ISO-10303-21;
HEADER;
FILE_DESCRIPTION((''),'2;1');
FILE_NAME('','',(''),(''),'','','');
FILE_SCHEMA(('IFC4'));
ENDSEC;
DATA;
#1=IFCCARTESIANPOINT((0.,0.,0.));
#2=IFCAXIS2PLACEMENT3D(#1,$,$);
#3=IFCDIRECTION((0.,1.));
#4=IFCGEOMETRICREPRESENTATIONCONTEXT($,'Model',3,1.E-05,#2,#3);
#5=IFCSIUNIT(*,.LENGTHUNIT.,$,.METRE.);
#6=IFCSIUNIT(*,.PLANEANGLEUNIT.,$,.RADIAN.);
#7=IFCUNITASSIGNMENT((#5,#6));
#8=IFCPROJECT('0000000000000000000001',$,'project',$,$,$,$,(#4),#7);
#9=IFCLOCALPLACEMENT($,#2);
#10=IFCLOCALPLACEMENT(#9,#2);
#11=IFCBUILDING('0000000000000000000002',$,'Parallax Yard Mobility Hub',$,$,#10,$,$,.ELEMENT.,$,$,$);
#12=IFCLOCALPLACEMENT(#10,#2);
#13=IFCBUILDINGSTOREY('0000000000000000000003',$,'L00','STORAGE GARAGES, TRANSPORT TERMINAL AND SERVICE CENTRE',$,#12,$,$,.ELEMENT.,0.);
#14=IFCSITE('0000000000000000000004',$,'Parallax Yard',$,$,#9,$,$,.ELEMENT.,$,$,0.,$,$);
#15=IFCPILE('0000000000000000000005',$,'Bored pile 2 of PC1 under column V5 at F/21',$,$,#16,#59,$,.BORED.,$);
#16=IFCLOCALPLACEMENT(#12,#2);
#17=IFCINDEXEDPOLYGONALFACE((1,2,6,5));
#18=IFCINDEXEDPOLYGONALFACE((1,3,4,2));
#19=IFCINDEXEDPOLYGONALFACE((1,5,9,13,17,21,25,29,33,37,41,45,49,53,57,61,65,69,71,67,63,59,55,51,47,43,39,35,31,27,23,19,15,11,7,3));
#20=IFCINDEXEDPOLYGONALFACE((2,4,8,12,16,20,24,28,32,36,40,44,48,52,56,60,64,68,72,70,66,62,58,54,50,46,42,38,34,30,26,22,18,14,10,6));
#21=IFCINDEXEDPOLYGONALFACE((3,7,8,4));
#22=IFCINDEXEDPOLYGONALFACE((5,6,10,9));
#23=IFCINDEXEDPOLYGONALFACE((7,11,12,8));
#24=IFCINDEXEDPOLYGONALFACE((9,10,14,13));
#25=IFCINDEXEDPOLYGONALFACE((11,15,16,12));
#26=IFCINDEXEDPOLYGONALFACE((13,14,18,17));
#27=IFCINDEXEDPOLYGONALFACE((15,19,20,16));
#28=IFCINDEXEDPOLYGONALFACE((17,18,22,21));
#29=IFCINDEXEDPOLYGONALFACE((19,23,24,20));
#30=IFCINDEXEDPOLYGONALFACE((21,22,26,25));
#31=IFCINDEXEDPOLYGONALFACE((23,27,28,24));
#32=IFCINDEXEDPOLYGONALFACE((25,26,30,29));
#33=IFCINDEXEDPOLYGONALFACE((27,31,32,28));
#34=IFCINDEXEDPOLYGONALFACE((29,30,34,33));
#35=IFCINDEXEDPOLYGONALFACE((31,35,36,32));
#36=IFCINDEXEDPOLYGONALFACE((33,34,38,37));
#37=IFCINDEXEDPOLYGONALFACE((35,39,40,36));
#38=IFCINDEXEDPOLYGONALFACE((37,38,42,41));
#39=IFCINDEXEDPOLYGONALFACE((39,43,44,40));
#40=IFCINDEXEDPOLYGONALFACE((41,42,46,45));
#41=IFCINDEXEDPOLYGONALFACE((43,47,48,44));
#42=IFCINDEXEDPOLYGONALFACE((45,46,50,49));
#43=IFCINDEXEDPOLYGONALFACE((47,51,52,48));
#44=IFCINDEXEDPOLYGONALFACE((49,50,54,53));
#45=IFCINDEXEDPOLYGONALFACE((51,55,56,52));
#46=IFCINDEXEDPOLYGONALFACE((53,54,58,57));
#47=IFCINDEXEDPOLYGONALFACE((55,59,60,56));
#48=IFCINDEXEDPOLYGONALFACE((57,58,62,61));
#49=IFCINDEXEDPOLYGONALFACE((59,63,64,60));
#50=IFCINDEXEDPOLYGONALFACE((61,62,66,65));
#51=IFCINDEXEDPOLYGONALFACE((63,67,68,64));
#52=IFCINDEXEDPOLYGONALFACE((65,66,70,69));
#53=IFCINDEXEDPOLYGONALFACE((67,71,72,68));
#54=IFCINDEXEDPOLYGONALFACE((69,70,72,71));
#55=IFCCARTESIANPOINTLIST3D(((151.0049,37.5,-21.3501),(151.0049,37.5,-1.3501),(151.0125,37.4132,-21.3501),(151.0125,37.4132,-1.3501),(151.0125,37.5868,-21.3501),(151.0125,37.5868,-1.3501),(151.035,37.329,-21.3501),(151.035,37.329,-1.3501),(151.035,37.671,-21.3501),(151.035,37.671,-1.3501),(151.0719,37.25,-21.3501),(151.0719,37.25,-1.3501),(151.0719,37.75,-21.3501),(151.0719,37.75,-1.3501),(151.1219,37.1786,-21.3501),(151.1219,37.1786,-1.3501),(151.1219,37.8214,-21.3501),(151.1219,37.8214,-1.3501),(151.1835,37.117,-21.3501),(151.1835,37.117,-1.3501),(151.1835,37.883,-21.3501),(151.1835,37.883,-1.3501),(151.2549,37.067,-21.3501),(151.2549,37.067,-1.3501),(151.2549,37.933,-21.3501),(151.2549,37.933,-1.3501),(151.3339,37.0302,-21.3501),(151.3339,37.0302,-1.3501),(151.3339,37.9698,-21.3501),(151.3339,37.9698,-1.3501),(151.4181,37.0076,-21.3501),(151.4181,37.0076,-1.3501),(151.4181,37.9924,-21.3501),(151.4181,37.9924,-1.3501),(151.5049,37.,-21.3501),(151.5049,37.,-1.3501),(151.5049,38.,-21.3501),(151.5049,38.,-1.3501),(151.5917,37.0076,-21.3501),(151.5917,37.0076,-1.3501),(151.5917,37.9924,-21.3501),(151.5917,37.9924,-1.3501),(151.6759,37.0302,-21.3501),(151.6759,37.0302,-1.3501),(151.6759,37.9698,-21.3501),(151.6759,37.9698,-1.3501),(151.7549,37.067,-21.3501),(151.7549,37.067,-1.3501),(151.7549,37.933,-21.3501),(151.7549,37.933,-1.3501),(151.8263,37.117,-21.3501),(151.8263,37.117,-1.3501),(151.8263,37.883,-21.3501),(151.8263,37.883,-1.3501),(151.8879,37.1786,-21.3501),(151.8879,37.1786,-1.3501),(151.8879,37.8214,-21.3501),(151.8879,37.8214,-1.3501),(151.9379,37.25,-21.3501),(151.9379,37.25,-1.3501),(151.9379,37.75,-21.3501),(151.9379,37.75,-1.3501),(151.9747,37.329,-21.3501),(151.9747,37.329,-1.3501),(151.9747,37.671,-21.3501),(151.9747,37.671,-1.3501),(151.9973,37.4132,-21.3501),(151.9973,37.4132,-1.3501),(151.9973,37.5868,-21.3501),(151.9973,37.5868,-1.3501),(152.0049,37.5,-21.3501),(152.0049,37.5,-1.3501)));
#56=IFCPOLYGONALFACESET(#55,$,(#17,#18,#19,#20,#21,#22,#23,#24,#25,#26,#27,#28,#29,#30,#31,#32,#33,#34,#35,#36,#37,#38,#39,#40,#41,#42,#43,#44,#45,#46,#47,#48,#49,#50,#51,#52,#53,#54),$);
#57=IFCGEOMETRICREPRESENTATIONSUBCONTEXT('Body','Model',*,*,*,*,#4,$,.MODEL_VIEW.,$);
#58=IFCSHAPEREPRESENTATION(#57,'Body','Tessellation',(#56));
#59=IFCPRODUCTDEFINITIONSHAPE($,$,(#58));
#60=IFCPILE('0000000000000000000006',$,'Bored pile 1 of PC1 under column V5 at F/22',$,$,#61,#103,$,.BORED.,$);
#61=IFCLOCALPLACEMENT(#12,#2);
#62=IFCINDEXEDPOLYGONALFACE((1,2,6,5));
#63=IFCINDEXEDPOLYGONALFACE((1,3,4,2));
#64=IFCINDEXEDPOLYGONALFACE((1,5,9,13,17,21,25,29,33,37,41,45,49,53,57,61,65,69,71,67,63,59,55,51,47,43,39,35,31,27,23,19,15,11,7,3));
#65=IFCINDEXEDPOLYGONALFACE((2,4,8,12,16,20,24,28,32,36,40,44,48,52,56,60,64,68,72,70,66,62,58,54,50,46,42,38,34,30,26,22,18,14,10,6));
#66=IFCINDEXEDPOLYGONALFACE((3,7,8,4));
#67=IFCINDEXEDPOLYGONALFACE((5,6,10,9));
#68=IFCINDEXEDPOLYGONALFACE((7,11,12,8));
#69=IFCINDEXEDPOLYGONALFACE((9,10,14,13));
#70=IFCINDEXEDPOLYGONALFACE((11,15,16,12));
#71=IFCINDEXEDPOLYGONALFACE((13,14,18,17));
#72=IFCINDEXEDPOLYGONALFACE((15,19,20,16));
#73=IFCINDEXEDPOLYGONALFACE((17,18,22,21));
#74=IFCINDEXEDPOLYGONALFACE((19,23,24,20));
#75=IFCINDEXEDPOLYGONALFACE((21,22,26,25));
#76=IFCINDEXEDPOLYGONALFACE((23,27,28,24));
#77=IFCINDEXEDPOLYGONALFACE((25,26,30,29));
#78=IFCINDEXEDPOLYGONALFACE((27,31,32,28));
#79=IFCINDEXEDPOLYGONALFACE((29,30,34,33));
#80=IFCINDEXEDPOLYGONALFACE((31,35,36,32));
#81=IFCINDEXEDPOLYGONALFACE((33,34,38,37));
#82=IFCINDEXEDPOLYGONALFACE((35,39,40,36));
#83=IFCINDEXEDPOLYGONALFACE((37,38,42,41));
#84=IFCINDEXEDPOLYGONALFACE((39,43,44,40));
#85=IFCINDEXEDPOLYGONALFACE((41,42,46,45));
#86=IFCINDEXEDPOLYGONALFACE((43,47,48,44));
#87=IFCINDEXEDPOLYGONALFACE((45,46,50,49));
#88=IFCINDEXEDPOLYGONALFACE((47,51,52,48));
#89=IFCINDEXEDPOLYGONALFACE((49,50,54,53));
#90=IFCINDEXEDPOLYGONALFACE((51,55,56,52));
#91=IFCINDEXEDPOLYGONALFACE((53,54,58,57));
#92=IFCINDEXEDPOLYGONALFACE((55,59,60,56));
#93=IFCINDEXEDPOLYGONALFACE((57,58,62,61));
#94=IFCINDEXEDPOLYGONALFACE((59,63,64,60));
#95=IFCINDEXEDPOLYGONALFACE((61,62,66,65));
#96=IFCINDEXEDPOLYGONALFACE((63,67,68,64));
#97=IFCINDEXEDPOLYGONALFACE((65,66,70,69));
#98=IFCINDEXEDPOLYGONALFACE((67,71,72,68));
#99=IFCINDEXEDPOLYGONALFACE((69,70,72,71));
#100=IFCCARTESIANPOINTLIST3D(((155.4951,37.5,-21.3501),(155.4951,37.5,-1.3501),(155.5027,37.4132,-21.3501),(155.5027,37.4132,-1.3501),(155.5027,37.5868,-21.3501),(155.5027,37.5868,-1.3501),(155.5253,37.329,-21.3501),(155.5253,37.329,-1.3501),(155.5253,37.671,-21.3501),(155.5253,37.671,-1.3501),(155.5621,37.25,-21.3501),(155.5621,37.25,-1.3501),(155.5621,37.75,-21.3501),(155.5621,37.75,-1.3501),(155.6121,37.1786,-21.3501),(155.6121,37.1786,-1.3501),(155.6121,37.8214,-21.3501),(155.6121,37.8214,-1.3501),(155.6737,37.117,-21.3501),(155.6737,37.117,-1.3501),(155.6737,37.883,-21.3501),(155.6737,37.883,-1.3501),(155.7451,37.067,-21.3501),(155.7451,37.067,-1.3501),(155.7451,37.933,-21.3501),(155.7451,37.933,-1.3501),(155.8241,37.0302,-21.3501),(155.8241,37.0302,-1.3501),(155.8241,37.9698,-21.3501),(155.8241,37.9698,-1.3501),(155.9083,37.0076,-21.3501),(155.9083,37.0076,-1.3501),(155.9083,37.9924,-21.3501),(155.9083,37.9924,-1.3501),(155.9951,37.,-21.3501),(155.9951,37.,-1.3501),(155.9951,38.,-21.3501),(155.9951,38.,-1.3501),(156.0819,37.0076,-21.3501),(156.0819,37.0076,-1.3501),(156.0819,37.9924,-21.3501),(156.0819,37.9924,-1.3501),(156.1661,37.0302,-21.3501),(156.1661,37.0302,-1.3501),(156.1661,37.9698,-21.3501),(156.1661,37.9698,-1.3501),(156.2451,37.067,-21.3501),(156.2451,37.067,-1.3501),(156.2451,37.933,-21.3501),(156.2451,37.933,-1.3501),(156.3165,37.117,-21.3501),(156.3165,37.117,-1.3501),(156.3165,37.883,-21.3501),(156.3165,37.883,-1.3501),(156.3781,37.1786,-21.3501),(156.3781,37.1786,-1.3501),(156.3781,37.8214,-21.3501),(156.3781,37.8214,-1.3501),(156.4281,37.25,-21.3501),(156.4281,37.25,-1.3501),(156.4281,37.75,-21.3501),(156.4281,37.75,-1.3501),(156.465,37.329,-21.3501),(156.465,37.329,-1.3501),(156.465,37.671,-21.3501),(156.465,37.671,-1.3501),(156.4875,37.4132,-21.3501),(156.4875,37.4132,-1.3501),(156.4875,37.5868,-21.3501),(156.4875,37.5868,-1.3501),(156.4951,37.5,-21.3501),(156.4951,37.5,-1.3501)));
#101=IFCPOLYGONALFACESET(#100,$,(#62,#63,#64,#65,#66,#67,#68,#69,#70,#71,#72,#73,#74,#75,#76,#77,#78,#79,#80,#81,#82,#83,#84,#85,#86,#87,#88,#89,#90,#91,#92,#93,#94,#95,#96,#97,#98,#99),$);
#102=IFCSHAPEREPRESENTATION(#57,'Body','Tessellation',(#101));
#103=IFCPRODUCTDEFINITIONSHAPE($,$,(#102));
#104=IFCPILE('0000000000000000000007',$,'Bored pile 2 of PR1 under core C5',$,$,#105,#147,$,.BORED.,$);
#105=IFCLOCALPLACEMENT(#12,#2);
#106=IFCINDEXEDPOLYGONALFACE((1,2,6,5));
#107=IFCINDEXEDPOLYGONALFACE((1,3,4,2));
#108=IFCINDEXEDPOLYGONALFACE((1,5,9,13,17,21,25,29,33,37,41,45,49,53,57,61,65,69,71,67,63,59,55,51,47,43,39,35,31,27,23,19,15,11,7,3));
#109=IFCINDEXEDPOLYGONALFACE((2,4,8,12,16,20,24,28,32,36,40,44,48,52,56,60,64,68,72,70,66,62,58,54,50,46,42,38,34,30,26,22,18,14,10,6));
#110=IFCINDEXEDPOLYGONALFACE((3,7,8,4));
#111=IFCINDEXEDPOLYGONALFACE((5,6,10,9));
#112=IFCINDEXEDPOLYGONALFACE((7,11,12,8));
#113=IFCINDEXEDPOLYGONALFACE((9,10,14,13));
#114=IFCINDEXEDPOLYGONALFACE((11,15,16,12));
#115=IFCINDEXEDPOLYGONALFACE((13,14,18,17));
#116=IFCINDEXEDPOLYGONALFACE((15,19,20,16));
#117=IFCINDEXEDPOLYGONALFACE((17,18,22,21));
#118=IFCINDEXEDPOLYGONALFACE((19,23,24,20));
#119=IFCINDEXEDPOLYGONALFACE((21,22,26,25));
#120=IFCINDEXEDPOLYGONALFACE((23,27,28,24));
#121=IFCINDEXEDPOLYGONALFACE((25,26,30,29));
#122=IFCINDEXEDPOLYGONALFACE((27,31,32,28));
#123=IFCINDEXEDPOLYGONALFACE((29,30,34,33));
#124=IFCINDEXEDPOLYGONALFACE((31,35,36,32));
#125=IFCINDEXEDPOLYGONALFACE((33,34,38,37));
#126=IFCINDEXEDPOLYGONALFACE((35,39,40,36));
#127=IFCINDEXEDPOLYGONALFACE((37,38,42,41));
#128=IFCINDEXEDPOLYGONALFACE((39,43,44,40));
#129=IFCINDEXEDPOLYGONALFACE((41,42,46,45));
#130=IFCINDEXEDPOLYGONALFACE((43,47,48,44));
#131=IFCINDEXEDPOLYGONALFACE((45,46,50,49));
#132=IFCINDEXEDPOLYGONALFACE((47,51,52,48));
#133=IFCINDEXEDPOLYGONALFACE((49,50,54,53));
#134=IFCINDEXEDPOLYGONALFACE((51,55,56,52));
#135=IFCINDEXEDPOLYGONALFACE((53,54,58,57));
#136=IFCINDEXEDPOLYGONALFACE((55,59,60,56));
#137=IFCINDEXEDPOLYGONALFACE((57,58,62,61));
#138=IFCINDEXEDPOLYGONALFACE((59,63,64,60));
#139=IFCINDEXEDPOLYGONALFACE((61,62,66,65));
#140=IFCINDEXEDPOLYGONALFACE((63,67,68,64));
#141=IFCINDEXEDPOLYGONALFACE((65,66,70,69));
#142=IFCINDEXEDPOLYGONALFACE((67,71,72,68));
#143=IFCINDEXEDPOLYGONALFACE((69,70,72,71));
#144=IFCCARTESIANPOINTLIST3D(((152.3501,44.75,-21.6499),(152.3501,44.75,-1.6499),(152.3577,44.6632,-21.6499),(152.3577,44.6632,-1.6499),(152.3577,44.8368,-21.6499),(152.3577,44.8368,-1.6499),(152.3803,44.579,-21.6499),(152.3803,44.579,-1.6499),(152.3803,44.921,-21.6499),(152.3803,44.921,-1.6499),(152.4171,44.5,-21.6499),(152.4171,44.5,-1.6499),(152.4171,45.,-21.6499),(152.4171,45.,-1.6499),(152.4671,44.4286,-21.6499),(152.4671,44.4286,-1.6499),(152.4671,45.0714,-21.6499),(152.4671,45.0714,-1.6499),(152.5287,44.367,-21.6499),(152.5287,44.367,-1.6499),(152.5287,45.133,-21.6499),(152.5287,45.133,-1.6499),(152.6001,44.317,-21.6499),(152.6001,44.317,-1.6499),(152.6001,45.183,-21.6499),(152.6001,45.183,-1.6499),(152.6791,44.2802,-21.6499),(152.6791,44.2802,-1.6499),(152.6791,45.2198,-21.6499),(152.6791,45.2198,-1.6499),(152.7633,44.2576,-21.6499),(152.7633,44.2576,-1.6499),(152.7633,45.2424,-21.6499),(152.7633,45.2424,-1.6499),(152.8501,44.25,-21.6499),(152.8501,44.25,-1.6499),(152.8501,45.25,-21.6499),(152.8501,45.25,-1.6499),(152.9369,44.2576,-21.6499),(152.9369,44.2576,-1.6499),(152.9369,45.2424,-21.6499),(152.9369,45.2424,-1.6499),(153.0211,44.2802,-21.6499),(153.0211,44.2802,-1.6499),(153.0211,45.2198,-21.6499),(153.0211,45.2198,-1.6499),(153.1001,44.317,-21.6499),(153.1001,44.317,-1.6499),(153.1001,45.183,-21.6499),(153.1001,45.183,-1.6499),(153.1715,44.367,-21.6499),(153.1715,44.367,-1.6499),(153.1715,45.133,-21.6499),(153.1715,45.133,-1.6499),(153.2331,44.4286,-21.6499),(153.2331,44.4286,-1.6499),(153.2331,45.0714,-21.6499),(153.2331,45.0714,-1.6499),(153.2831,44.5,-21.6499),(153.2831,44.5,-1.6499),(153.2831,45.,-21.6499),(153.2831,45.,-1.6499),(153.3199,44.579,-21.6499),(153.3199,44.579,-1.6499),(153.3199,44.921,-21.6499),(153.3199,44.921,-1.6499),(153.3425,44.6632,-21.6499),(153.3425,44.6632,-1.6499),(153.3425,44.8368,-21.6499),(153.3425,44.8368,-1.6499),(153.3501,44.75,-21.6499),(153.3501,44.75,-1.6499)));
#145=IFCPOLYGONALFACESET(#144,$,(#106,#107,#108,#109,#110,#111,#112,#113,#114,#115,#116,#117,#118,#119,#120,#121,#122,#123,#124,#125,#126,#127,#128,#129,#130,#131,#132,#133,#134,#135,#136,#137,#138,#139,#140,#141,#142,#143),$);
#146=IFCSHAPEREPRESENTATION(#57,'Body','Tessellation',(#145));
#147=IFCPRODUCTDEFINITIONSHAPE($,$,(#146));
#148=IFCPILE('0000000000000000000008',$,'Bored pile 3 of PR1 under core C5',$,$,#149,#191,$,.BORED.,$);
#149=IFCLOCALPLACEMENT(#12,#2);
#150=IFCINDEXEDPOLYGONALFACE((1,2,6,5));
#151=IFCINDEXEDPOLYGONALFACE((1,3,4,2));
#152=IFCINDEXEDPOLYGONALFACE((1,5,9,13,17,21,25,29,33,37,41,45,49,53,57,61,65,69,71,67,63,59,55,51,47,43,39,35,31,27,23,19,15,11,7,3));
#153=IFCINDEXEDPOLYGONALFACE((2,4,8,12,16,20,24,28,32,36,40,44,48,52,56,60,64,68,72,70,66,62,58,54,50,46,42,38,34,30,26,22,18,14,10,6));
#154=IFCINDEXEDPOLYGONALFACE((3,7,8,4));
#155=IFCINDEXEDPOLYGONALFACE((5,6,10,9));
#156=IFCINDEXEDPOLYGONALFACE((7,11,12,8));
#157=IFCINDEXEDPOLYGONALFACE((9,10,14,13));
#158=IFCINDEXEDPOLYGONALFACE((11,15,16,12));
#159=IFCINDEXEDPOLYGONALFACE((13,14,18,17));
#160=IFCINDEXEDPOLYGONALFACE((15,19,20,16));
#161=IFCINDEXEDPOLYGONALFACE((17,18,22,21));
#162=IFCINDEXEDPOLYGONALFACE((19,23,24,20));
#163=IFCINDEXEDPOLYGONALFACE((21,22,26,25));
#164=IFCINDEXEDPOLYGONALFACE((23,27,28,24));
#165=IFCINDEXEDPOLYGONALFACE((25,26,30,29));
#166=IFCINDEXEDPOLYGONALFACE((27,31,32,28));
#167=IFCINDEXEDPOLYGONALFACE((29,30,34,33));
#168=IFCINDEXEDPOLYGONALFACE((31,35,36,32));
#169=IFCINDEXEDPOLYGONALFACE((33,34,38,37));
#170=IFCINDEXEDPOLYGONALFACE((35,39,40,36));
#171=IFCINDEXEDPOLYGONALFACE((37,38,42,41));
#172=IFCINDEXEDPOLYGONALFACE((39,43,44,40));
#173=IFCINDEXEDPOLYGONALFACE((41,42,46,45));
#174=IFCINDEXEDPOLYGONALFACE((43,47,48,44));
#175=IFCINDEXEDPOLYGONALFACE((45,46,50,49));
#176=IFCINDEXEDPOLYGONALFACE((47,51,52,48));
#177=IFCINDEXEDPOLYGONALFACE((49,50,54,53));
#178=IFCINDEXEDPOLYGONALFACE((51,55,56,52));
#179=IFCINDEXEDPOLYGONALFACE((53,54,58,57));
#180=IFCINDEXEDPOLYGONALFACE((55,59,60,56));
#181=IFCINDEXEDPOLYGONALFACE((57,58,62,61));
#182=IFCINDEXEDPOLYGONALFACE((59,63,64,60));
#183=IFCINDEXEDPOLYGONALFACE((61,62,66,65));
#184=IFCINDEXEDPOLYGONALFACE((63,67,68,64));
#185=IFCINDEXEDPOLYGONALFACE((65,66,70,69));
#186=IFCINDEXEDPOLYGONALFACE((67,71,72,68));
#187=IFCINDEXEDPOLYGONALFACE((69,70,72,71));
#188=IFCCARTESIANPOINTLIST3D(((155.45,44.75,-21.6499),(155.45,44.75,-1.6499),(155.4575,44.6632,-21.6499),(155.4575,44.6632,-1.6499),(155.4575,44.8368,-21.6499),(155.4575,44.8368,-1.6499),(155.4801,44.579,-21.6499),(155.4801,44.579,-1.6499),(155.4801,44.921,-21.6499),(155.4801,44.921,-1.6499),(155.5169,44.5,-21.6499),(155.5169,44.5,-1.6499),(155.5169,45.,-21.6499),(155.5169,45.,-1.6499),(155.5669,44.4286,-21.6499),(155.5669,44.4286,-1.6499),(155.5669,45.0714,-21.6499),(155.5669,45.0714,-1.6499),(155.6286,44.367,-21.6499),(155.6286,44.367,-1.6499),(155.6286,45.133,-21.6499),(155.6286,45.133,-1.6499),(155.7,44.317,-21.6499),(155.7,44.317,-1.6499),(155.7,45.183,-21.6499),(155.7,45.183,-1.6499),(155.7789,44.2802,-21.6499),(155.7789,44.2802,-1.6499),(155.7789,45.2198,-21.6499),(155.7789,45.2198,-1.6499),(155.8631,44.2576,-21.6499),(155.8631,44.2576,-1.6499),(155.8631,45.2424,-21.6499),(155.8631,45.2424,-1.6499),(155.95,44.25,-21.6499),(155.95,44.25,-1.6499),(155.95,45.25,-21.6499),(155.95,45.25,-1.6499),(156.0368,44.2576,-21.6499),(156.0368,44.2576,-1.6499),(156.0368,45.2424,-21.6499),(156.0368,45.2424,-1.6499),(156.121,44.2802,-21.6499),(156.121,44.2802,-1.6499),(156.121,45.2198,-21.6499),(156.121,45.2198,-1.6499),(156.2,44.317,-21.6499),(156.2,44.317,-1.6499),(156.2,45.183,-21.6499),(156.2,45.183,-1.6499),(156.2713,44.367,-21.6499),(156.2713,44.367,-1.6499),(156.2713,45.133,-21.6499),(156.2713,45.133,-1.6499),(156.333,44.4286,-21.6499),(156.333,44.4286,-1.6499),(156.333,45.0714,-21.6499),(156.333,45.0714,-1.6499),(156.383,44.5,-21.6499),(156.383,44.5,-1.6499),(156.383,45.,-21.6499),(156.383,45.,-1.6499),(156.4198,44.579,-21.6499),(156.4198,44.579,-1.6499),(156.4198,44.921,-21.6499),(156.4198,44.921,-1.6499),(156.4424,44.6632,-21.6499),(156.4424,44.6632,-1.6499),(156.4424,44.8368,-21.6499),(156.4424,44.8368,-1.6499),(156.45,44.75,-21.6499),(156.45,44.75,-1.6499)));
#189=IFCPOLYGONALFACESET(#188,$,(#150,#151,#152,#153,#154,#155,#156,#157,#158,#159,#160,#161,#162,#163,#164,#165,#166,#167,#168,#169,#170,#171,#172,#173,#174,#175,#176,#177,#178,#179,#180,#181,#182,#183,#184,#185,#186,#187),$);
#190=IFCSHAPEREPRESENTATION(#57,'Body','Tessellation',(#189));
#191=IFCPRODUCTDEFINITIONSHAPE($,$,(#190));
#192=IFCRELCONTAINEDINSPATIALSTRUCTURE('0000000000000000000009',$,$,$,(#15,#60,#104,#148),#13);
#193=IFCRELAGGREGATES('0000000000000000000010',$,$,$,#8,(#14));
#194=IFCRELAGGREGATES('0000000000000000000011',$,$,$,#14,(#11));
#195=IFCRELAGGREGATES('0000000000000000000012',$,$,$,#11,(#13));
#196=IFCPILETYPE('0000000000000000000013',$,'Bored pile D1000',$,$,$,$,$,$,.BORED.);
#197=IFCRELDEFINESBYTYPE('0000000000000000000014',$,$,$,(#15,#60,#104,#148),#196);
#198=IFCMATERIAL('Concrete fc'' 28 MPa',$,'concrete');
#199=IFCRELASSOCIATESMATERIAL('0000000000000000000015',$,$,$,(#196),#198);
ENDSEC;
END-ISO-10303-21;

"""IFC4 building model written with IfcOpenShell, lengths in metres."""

from ifc_helpers import new_model, si_unit, direction, frame, origin, origin_2d, place, context, subcontext, project, spatial, circle, extrude, material, material_profile, profile_set, type_object, element, save


model = new_model("IFC4")

# Units and contexts
model_context = context("Model", 3, precision=1e-05, world=origin(), true_north=direction((0.0, 1.0)))
body_context = subcontext(model_context, "Body", "Model", "MODEL_VIEW")
ifc_project = project(units=[si_unit("LENGTHUNIT", "METRE"), si_unit("PLANEANGLEUNIT", "RADIAN")], contexts=[model_context])

# Site, building, storey
site_placement = place(None, origin())
site = spatial("IfcSite", under=ifc_project, at=site_placement, Name="Parallax Yard", CompositionType="ELEMENT", RefElevation=0.0)
building_placement = place(site_placement, origin())
building = spatial("IfcBuilding", under=site, at=building_placement, Name="Parallax Yard Mobility Hub", CompositionType="ELEMENT")
storey_placement = place(building_placement, origin())
storey = spatial("IfcBuildingStorey", under=building, at=storey_placement, Name="L00", Description="STORAGE GARAGES, TRANSPORT TERMINAL AND SERVICE CENTRE", CompositionType="ELEMENT", Elevation=0.0)

# Piles
ifc_material_1 = material(Name="Concrete fc' 28 MPa", Category="concrete")
ifc_material_profile_1 = material_profile(ifc_material_1, circle(Radius=0.5, at=origin_2d()), Name="Bored pile D1000")
ifc_profile_set_1 = profile_set([ifc_material_profile_1], Name="Concrete fc' 28 MPa")
pile_type = type_object("IfcPileType", Name="Bored pile D1000", PredefinedType="BORED", material=ifc_profile_set_1)
for number, where, z_axis, x_axis, name in (
    (1, (151.5049, 37.5, -1.3501), (0.0, 0.0, -1.0), (1.0, 0.0, 0.0), "Bored pile 2 of PC1 under column V5 at F/21"),
    (2, (155.9951, 37.5, -1.3501), (0.0, 0.0, -1.0), (1.0, 0.0, 0.0), "Bored pile 1 of PC1 under column V5 at F/22"),
    (3, (152.8501, 44.75, -1.6499), (0.0, 0.0, -1.0), (1.0, 0.0, 0.0), "Bored pile 2 of PR1 under core C5"),
    (4, (155.95, 44.75, -1.6499), (0.0, 0.0, -1.0), (1.0, 0.0, 0.0), "Bored pile 3 of PR1 under core C5"),
):
    element("IfcPile", number, at=place(storey_placement, frame(where, z_axis=z_axis, x_axis=x_axis)), inside=storey, type_object=pile_type, Name=name, PredefinedType="BORED", context=body_context, shape_type="SweptSolid", body=[
        extrude(circle(Radius=0.5, at=origin_2d()), origin(), (0.0, 0.0, 1.0), 20.0),
    ])

save(model, "model.ifc")
